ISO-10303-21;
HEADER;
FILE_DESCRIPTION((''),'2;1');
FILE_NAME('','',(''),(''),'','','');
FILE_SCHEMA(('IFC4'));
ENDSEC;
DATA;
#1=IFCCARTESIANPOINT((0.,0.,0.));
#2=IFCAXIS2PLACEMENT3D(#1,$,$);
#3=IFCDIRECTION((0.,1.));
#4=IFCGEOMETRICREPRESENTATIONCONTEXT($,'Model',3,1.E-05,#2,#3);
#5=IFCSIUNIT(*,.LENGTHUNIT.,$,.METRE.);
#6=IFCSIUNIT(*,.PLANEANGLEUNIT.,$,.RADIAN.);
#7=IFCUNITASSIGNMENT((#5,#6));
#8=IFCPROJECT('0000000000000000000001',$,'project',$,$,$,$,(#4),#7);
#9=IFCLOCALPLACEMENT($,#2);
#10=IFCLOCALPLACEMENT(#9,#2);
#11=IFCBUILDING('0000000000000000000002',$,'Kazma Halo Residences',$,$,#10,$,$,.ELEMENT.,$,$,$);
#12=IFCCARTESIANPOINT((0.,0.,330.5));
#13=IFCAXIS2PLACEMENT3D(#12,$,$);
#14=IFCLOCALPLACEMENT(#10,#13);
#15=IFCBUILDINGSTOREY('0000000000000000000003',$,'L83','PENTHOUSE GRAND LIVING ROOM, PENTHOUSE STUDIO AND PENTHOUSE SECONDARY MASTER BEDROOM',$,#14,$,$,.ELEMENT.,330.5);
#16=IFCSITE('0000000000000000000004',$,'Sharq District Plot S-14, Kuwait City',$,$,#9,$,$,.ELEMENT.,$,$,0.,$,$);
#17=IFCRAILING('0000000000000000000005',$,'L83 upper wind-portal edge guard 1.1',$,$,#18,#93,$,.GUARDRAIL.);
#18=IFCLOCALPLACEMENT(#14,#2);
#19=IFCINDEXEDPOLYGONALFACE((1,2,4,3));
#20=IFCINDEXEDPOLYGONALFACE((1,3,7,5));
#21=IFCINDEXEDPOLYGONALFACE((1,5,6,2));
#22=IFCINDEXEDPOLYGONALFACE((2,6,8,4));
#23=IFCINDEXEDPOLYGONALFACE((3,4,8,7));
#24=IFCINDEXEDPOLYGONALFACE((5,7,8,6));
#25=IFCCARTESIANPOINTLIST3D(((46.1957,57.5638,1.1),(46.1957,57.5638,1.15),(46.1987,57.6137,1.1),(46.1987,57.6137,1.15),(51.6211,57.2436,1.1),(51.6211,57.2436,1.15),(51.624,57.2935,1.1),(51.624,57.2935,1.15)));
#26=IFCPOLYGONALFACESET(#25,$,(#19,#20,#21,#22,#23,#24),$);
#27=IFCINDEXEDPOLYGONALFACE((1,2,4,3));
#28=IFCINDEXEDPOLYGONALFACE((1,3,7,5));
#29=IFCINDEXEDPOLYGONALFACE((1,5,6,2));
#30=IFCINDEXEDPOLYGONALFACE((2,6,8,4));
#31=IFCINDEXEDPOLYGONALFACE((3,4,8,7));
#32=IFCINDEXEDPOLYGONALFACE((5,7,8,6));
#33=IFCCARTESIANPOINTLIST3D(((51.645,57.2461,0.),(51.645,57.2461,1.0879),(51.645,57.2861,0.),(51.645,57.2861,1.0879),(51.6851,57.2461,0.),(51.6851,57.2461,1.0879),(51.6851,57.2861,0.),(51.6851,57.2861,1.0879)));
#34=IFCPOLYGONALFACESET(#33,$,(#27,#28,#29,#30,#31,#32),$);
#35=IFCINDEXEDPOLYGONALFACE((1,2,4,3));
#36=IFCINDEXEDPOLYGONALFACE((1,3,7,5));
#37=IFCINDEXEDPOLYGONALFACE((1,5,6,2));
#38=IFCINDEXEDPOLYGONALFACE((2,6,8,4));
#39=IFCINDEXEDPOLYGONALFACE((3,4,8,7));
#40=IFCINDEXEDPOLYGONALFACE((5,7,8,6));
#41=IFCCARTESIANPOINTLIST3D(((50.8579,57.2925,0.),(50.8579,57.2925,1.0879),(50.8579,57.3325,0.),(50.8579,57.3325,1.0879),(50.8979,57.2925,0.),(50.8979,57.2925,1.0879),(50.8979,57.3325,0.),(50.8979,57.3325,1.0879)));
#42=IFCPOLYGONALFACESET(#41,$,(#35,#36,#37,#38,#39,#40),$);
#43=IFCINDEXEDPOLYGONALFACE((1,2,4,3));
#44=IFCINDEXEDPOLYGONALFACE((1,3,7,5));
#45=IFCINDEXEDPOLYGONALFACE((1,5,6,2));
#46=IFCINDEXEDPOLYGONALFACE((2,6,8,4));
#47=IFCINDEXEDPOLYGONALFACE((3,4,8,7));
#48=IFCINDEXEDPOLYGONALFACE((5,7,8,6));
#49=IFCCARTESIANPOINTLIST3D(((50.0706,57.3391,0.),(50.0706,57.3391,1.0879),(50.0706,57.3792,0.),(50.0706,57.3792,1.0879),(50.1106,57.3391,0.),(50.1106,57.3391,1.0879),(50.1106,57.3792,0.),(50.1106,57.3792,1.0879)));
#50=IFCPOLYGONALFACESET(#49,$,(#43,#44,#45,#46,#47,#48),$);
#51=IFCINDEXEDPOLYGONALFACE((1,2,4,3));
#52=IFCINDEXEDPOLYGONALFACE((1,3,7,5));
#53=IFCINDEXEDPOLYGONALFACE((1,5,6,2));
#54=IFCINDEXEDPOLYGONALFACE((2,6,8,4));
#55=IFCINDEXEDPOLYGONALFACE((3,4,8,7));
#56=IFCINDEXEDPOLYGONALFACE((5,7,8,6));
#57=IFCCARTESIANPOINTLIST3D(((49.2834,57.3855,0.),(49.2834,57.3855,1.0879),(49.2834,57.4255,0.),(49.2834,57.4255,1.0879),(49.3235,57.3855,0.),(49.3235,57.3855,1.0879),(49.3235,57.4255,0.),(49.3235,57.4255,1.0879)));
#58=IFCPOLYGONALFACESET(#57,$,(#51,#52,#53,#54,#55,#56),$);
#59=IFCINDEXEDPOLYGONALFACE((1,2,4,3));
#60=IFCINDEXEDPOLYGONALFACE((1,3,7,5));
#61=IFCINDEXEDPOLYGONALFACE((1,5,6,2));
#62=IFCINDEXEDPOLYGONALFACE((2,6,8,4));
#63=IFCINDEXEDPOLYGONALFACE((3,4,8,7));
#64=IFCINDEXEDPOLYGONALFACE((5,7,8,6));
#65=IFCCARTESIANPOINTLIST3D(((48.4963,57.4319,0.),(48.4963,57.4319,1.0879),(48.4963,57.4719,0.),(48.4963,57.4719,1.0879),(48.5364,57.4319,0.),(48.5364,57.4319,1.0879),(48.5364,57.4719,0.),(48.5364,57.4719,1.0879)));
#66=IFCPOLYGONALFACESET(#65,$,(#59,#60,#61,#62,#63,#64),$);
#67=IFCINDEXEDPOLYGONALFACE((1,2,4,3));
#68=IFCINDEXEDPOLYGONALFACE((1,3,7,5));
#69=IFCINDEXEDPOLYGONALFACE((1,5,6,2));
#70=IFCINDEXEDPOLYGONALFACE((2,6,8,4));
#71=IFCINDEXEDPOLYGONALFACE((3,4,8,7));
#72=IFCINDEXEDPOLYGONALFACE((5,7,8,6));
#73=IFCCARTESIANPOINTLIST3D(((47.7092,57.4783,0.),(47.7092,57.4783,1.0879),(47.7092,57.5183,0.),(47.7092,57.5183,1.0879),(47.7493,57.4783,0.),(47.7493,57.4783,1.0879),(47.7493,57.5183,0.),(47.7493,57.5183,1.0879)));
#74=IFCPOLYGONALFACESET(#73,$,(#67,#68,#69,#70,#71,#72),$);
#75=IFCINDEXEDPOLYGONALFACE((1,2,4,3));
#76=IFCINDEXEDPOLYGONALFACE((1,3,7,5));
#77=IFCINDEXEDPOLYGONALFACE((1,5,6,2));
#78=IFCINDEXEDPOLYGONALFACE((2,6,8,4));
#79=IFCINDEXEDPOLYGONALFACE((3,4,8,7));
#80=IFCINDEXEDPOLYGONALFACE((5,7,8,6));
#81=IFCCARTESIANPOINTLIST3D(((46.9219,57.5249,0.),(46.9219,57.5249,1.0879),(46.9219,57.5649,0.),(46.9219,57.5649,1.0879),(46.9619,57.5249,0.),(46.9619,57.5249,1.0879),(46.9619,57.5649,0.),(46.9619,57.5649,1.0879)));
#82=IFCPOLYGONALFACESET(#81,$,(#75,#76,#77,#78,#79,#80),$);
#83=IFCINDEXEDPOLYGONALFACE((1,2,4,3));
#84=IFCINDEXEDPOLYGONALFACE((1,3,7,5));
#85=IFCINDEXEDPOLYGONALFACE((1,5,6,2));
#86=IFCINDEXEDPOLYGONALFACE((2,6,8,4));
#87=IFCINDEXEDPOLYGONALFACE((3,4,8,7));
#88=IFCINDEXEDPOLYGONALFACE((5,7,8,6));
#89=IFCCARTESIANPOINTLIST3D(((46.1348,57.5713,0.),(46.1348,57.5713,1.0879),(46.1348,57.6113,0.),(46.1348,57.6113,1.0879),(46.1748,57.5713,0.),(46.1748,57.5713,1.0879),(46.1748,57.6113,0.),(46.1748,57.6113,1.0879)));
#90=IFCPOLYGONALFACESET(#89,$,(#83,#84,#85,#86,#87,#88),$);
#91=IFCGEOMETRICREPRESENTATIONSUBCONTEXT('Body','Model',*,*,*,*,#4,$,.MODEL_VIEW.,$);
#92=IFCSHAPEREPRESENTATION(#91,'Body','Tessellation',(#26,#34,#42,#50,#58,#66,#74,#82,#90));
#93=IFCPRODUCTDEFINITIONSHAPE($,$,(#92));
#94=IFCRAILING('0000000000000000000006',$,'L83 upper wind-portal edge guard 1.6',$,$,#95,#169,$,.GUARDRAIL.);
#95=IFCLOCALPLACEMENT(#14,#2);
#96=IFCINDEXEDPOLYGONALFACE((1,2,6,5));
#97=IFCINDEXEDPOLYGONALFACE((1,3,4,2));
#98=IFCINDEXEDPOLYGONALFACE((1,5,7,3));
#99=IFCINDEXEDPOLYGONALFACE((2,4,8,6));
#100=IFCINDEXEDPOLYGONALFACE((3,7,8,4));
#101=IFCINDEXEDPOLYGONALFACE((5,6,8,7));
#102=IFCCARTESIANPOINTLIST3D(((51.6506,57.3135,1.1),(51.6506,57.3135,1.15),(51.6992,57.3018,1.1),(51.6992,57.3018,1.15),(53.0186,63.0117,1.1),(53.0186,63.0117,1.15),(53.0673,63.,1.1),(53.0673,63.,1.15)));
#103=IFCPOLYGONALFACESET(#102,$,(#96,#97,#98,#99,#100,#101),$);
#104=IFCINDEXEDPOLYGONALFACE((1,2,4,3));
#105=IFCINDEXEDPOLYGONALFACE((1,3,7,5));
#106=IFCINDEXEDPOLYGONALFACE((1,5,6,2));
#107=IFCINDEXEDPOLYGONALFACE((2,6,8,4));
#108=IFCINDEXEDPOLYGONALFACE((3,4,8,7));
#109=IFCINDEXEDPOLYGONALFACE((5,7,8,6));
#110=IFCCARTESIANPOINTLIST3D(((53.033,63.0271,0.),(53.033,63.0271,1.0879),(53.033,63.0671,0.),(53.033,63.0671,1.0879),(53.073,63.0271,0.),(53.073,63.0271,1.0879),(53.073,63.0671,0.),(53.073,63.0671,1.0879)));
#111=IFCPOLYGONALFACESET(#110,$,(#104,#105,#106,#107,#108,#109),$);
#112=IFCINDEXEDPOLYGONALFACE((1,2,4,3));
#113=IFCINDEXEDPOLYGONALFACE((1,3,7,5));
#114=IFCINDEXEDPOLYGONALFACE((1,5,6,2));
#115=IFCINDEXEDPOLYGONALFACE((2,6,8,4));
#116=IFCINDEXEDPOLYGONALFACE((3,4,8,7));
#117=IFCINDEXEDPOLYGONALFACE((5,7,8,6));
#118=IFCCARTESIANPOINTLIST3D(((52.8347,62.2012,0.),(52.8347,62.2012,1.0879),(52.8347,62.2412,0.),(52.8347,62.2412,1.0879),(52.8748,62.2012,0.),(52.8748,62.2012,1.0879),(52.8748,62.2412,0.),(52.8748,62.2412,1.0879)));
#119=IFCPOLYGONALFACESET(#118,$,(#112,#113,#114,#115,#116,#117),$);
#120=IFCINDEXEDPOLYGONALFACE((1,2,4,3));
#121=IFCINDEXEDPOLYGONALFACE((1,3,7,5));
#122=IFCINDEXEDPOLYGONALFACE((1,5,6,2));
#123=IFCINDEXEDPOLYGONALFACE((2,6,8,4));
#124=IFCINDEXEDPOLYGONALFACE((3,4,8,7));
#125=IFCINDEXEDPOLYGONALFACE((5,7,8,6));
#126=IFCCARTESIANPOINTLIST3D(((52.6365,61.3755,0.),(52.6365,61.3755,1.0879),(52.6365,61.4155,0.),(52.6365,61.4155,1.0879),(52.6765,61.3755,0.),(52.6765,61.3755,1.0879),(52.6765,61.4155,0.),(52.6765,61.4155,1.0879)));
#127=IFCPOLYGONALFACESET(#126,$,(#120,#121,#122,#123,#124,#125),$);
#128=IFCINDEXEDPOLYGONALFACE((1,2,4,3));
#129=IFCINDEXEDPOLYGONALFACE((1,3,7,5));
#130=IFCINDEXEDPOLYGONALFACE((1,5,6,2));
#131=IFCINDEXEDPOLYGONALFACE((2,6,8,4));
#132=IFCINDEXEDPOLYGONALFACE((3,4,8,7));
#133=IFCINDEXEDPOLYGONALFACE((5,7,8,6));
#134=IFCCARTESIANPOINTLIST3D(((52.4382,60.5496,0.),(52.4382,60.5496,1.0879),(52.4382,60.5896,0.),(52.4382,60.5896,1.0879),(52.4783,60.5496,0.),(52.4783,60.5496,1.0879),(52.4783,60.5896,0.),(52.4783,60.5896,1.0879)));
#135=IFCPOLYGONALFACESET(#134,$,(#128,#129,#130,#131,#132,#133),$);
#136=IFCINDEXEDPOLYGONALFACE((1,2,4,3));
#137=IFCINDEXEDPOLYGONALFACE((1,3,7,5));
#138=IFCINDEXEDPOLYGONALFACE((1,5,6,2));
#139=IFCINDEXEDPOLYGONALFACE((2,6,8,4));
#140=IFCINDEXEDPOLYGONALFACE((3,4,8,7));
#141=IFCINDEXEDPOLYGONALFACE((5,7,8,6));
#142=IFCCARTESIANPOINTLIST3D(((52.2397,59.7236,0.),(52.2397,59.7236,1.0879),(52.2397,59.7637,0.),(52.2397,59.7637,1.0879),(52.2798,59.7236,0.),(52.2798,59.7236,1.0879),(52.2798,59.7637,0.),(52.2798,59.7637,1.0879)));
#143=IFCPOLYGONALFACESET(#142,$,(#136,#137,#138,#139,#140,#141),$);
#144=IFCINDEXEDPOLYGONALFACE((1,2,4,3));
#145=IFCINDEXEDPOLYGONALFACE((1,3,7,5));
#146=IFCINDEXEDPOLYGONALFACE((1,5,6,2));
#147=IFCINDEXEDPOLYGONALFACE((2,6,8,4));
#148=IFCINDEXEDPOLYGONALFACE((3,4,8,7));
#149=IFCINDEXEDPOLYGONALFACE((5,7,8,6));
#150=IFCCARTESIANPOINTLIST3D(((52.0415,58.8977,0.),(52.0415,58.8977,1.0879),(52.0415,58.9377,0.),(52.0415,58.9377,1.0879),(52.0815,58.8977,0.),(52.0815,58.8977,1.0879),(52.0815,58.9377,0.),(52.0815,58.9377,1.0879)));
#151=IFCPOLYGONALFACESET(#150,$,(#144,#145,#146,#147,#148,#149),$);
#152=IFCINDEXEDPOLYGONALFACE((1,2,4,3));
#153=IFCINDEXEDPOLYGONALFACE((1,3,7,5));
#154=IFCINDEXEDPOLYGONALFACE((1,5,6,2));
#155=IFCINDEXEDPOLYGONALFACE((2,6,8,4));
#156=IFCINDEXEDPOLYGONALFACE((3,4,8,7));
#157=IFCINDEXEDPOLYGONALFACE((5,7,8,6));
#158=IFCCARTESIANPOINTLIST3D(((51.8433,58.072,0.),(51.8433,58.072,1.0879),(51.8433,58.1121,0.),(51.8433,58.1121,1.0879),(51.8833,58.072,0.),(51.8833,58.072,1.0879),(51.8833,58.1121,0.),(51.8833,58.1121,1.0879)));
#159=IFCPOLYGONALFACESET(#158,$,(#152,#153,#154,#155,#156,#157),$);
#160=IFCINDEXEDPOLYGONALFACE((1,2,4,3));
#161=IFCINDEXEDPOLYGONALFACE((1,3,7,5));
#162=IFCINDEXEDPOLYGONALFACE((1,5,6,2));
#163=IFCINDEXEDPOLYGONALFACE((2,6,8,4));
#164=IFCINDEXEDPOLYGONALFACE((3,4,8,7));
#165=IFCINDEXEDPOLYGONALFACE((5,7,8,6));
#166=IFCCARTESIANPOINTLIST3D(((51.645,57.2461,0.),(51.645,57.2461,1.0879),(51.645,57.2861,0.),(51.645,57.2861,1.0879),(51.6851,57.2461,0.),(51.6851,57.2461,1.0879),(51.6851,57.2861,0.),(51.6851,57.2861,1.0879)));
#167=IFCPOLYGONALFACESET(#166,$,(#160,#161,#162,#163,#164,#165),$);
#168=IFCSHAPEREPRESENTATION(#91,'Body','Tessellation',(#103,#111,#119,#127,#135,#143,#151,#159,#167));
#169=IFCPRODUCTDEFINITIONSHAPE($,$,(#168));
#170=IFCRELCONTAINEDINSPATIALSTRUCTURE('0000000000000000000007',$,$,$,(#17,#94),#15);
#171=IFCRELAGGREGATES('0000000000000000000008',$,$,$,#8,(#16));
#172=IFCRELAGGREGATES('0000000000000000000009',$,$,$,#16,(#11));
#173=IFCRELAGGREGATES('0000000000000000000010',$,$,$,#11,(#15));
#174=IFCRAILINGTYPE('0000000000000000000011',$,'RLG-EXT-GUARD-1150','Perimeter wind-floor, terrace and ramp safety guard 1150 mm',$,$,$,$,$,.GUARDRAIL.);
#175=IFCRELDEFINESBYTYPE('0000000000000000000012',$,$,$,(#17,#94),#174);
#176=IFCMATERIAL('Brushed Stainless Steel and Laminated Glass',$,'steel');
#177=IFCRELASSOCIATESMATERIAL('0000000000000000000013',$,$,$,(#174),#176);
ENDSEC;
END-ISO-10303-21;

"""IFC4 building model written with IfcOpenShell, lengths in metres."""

from ifc_helpers import new_model, si_unit, direction, frame, origin, origin_2d, place, context, subcontext, project, spatial, rectangle, extrude, material, type_object, element, save


model = new_model("IFC4")

# Units and contexts
model_context = context("Model", 3, precision=1e-05, world=origin(), true_north=direction((0.0, 1.0)))
body_context = subcontext(model_context, "Body", "Model", "MODEL_VIEW")
ifc_project = project(units=[si_unit("LENGTHUNIT", "METRE"), si_unit("PLANEANGLEUNIT", "RADIAN")], contexts=[model_context])

# Site, building, storey
site_placement = place(None, origin())
site = spatial("IfcSite", under=ifc_project, at=site_placement, Name="Sharq District Plot S-14, Kuwait City", CompositionType="ELEMENT", RefElevation=0.0)
building_placement = place(site_placement, origin())
building = spatial("IfcBuilding", under=site, at=building_placement, Name="Kazma Halo Residences", CompositionType="ELEMENT")
storey_placement = place(building_placement, frame((0.0, 0.0, 330.5)))
storey = spatial("IfcBuildingStorey", under=building, at=storey_placement, Name="L83", Description="PENTHOUSE GRAND LIVING ROOM, PENTHOUSE STUDIO AND PENTHOUSE SECONDARY MASTER BEDROOM", CompositionType="ELEMENT", Elevation=330.5)

# Railings
ifc_material_1 = material(Name="Brushed Stainless Steel and Laminated Glass", Category="steel")
railing_type_1 = type_object("IfcRailingType", Name="RLG-EXT-GUARD-1150", Description="Perimeter wind-floor, terrace and ramp safety guard 1150 mm", PredefinedType="GUARDRAIL", material=ifc_material_1)
railing_1_placement = place(storey_placement, frame((51.665, 57.2661, 0.0)))
element("IfcRailing", 1, at=railing_1_placement, inside=storey, type_object=railing_type_1, Name="L83 upper wind-portal edge guard 1.1", PredefinedType="GUARDRAIL", context=body_context, shape_type="SweptSolid", body=[
    extrude(rectangle(XDim=0.05, YDim=0.05, at=origin_2d()), frame((-0.0425, 0.0024, 1.125), z_axis=(-0.998263, 0.058914, 0.0), x_axis=(-0.058914, -0.998263, 0.0)), (0.0, 0.0, 1.0), 5.4348),
    extrude(rectangle(XDim=0.04, YDim=0.04, at=origin_2d()), origin(), (0.0, 0.0, 1.0), 1.0879),
    extrude(rectangle(XDim=0.04, YDim=0.04, at=origin_2d()), frame((-0.7871, 0.0464, 0.0)), (0.0, 0.0, 1.0), 1.0879),
    extrude(rectangle(XDim=0.04, YDim=0.04, at=origin_2d()), frame((-1.5745, 0.093, 0.0)), (0.0, 0.0, 1.0), 1.0879),
    extrude(rectangle(XDim=0.04, YDim=0.04, at=origin_2d()), frame((-2.3616, 0.1394, 0.0)), (0.0, 0.0, 1.0), 1.0879),
    extrude(rectangle(XDim=0.04, YDim=0.04, at=origin_2d()), frame((-3.1487, 0.1858, 0.0)), (0.0, 0.0, 1.0), 1.0879),
    extrude(rectangle(XDim=0.04, YDim=0.04, at=origin_2d()), frame((-3.9358, 0.2322, 0.0)), (0.0, 0.0, 1.0), 1.0879),
    extrude(rectangle(XDim=0.04, YDim=0.04, at=origin_2d()), frame((-4.7231, 0.2788, 0.0)), (0.0, 0.0, 1.0), 1.0879),
    extrude(rectangle(XDim=0.04, YDim=0.04, at=origin_2d()), frame((-5.5103, 0.3252, 0.0)), (0.0, 0.0, 1.0), 1.0879),
])
railing_2_placement = place(storey_placement, frame((53.053, 63.0471, 0.0)))
element("IfcRailing", 2, at=railing_2_placement, inside=storey, type_object=railing_type_1, Name="L83 upper wind-portal edge guard 1.6", PredefinedType="GUARDRAIL", context=body_context, shape_type="SweptSolid", body=[
    extrude(rectangle(XDim=0.05, YDim=0.05, at=origin_2d()), frame((-0.01, -0.0413, 1.125), z_axis=(-0.233452, -0.972368, 0.0), x_axis=(0.972368, -0.233452, 0.0)), (0.0, 0.0, 1.0), 5.8601),
    extrude(rectangle(XDim=0.04, YDim=0.04, at=origin_2d()), origin(), (0.0, 0.0, 1.0), 1.0879),
    extrude(rectangle(XDim=0.04, YDim=0.04, at=origin_2d()), frame((-0.1982, -0.8259, 0.0)), (0.0, 0.0, 1.0), 1.0879),
    extrude(rectangle(XDim=0.04, YDim=0.04, at=origin_2d()), frame((-0.3965, -1.6516, 0.0)), (0.0, 0.0, 1.0), 1.0879),
    extrude(rectangle(XDim=0.04, YDim=0.04, at=origin_2d()), frame((-0.5947, -2.4775, 0.0)), (0.0, 0.0, 1.0), 1.0879),
    extrude(rectangle(XDim=0.04, YDim=0.04, at=origin_2d()), frame((-0.7932, -3.3035, 0.0)), (0.0, 0.0, 1.0), 1.0879),
    extrude(rectangle(XDim=0.04, YDim=0.04, at=origin_2d()), frame((-0.9915, -4.1294, 0.0)), (0.0, 0.0, 1.0), 1.0879),
    extrude(rectangle(XDim=0.04, YDim=0.04, at=origin_2d()), frame((-1.1897, -4.9551, 0.0)), (0.0, 0.0, 1.0), 1.0879),
    extrude(rectangle(XDim=0.04, YDim=0.04, at=origin_2d()), frame((-1.3879, -5.781, 0.0)), (0.0, 0.0, 1.0), 1.0879),
])

save(model, "model.ifc")
